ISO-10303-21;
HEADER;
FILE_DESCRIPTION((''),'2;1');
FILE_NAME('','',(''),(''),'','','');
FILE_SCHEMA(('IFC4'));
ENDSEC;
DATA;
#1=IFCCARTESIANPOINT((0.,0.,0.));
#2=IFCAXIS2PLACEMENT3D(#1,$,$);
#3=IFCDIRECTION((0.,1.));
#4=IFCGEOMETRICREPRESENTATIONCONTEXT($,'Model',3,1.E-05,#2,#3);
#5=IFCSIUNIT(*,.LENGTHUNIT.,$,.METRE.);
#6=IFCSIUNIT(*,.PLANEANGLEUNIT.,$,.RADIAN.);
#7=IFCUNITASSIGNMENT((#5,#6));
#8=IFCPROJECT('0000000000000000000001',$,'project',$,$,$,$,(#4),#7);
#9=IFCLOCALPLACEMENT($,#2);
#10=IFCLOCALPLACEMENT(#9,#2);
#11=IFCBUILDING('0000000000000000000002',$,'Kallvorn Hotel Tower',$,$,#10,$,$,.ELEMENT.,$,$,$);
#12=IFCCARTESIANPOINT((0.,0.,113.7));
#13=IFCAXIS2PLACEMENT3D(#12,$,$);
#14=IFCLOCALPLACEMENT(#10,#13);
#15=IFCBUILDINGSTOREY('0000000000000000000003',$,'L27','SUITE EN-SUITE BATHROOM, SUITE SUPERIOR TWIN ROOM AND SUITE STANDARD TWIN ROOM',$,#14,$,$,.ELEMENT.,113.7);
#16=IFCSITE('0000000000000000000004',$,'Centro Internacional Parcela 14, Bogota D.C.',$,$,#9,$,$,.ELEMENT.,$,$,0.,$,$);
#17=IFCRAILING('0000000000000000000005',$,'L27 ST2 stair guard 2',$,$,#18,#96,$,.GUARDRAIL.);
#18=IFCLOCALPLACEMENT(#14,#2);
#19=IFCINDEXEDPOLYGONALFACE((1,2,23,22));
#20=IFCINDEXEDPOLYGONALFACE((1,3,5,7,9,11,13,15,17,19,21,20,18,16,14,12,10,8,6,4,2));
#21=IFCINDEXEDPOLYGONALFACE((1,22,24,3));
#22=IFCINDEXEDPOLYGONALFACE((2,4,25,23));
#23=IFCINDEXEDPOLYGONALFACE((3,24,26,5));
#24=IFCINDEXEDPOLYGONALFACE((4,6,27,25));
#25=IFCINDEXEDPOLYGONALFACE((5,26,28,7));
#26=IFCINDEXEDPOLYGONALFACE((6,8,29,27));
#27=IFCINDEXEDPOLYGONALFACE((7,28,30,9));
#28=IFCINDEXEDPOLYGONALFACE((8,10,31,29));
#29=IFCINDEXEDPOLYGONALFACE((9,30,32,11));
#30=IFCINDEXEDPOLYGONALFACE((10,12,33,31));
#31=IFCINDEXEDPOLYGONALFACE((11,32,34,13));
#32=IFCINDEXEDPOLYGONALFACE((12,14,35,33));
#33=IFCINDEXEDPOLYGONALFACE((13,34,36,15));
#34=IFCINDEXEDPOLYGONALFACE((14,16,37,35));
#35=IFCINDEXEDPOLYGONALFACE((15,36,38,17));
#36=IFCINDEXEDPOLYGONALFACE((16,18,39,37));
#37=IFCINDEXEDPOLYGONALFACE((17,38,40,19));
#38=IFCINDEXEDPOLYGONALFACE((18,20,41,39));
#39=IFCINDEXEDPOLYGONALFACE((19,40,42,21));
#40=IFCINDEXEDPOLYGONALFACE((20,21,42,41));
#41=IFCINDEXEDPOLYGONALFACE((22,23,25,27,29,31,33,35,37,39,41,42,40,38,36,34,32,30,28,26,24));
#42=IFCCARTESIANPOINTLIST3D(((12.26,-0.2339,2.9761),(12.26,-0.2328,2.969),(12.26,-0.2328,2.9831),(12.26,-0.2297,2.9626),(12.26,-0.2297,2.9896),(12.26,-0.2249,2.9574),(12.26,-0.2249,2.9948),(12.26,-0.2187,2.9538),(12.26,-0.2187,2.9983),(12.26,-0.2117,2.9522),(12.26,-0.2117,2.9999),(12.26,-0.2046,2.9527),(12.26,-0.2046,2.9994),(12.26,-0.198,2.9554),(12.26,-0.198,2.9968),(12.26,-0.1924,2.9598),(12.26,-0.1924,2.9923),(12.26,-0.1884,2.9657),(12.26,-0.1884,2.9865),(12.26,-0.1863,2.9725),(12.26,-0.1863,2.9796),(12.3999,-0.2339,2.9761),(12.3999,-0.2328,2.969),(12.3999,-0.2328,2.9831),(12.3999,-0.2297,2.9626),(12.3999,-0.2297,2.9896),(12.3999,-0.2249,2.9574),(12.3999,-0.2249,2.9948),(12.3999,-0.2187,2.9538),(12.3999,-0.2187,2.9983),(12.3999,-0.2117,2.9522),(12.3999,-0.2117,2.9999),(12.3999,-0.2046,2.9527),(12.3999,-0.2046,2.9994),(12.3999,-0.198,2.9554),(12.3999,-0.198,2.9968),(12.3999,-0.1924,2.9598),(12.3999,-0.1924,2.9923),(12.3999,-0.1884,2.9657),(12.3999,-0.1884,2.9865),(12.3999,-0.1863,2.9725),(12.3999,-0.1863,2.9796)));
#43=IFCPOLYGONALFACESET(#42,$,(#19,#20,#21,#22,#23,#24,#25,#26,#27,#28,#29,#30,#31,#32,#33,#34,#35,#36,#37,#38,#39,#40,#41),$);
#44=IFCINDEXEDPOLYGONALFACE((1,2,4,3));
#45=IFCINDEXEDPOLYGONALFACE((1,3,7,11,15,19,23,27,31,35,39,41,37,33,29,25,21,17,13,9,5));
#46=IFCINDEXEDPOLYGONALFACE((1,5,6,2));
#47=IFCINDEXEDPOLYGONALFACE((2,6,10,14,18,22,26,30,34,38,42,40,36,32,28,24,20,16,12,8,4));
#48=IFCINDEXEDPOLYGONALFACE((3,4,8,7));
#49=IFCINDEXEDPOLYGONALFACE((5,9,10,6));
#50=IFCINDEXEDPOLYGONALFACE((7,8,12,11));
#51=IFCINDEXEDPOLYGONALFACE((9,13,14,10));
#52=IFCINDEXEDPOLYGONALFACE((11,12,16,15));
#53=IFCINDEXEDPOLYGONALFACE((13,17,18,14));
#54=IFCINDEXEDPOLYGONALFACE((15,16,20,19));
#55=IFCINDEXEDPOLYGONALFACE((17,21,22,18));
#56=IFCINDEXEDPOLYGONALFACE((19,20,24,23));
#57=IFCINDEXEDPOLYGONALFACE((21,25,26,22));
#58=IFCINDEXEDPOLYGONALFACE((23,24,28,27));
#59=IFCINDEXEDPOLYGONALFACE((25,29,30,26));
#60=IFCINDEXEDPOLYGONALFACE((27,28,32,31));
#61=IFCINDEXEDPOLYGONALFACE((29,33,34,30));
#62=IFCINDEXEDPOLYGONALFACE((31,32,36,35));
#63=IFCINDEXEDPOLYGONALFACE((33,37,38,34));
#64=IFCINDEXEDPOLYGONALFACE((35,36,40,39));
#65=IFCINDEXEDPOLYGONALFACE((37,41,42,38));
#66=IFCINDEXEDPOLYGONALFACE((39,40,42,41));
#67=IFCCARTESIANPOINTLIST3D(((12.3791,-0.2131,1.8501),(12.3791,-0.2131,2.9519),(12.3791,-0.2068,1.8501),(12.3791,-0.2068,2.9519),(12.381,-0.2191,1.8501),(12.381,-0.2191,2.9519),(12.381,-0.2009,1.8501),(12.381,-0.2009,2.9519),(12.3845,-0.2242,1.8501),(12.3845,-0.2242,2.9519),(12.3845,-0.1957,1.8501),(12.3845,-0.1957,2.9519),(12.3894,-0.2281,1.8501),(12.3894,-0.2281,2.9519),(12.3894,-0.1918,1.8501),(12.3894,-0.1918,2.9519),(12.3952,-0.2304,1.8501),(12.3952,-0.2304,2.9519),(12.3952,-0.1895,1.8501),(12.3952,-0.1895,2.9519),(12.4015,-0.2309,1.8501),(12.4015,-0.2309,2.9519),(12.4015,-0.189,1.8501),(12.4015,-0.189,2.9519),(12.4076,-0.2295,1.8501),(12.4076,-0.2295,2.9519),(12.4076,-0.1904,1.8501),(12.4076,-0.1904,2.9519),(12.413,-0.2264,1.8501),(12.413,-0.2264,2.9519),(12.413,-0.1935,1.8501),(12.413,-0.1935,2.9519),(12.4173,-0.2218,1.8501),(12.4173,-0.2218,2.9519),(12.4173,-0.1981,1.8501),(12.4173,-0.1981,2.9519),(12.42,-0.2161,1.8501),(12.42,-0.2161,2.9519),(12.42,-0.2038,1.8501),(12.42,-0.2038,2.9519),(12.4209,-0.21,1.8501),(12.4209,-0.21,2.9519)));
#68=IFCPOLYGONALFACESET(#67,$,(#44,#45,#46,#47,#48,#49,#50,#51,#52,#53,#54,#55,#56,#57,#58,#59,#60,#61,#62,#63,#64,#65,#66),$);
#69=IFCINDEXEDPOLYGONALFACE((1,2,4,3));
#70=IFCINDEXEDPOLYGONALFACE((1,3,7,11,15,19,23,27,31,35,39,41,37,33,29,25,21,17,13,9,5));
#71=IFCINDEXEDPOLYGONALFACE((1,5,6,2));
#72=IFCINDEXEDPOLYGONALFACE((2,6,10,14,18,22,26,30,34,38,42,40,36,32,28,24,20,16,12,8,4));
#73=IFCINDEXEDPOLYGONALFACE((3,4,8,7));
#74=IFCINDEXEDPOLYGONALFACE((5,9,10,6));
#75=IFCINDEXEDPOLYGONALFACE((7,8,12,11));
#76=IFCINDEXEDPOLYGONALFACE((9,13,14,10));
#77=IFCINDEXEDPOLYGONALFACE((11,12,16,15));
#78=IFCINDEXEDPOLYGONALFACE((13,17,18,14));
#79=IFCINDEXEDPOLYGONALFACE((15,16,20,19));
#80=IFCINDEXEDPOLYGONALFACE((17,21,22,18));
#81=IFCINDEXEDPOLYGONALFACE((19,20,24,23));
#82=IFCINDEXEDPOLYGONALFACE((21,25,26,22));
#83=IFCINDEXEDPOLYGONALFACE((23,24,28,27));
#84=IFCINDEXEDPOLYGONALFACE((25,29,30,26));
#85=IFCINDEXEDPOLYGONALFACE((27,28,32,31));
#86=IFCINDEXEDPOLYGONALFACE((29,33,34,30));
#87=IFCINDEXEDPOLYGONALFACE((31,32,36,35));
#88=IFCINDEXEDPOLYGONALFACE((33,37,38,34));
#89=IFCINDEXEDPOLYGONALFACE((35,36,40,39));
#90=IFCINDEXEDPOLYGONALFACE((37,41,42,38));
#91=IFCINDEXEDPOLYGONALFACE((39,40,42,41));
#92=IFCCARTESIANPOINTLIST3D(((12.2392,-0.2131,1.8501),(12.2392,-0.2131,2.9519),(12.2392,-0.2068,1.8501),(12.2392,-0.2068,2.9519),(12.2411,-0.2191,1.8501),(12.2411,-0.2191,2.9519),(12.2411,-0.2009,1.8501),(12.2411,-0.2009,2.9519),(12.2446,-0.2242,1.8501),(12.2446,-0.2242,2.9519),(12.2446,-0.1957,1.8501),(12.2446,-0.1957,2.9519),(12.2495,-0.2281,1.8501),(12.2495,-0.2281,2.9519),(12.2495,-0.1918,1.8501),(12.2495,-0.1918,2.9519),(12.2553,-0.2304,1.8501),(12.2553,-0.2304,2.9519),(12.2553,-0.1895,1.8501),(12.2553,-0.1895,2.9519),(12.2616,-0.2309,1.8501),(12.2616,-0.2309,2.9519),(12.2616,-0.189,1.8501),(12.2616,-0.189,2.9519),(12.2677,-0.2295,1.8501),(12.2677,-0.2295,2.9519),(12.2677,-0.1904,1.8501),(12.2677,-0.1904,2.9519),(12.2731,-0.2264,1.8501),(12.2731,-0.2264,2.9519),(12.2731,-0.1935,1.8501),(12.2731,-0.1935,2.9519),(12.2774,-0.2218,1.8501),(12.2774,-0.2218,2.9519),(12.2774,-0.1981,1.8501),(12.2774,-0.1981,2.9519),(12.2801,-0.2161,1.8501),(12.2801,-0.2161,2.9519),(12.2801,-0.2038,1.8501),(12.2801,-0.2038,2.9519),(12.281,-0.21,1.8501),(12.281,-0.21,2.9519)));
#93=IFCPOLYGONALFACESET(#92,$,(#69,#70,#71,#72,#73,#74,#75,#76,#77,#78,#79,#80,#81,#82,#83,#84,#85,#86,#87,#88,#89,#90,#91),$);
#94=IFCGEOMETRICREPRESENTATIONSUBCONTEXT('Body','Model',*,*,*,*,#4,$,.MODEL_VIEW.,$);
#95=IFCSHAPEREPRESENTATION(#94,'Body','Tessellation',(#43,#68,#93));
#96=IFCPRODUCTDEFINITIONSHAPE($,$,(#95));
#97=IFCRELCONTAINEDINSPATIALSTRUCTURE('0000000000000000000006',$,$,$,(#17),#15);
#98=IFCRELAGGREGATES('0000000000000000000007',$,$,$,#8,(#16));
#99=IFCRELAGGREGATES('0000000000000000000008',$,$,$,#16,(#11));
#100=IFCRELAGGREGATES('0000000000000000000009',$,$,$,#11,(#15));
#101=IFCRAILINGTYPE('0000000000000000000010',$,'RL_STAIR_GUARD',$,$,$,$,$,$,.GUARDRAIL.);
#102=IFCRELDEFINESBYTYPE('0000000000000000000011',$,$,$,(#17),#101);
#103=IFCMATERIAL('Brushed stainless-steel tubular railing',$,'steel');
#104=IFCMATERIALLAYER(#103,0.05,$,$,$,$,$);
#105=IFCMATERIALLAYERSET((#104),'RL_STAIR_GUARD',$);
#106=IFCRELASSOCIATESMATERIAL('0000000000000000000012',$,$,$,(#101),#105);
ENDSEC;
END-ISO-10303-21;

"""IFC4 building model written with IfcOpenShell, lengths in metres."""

from ifc_helpers import new_model, si_unit, direction, frame, origin, origin_2d, place, context, subcontext, project, spatial, circle, extrude, material, layer, layer_set, type_object, element, save


model = new_model("IFC4")

# Units and contexts
model_context = context("Model", 3, precision=1e-05, world=origin(), true_north=direction((0.0, 1.0)))
body_context = subcontext(model_context, "Body", "Model", "MODEL_VIEW")
ifc_project = project(units=[si_unit("LENGTHUNIT", "METRE"), si_unit("PLANEANGLEUNIT", "RADIAN")], contexts=[model_context])

# Site, building, storey
site_placement = place(None, origin())
site = spatial("IfcSite", under=ifc_project, at=site_placement, Name="Centro Internacional Parcela 14, Bogota D.C.", CompositionType="ELEMENT", RefElevation=0.0)
building_placement = place(site_placement, origin())
building = spatial("IfcBuilding", under=site, at=building_placement, Name="Kallvorn Hotel Tower", CompositionType="ELEMENT")
storey_placement = place(building_placement, frame((0.0, 0.0, 113.7)))
storey = spatial("IfcBuildingStorey", under=building, at=storey_placement, Name="L27", Description="SUITE EN-SUITE BATHROOM, SUITE SUPERIOR TWIN ROOM AND SUITE STANDARD TWIN ROOM", CompositionType="ELEMENT", Elevation=113.7)

# Railing
ifc_material_1 = material(Name="Brushed stainless-steel tubular railing", Category="steel")
ifc_layer_1 = layer(ifc_material_1, 0.05)
ifc_layer_set_1 = layer_set([ifc_layer_1], Name="RL_STAIR_GUARD")
railing_type_1 = type_object("IfcRailingType", Name="RL_STAIR_GUARD", PredefinedType="GUARDRAIL", material=ifc_layer_set_1)
railing_1_placement = place(storey_placement, frame((12.3999, -0.21, 1.8501)))
element("IfcRailing", 1, at=railing_1_placement, inside=storey, type_object=railing_type_1, Name="L27 ST2 stair guard 2", PredefinedType="GUARDRAIL", context=body_context, shape_type="SweptSolid", body=[
    extrude(circle(Radius=0.0239, at=origin_2d()), frame((0.0, 0.0, 1.126), z_axis=(-1.0, 0.0, 0.0), x_axis=(0.0, -1.0, 0.0)), (0.0, 0.0, 1.0), 0.1399),
    extrude(circle(Radius=0.021, at=origin_2d()), origin(), (0.0, 0.0, 1.0), 1.1018),
    extrude(circle(Radius=0.021, at=origin_2d()), frame((-0.1399, 0.0, 0.0)), (0.0, 0.0, 1.0), 1.1018),
])

save(model, "model.ifc")
